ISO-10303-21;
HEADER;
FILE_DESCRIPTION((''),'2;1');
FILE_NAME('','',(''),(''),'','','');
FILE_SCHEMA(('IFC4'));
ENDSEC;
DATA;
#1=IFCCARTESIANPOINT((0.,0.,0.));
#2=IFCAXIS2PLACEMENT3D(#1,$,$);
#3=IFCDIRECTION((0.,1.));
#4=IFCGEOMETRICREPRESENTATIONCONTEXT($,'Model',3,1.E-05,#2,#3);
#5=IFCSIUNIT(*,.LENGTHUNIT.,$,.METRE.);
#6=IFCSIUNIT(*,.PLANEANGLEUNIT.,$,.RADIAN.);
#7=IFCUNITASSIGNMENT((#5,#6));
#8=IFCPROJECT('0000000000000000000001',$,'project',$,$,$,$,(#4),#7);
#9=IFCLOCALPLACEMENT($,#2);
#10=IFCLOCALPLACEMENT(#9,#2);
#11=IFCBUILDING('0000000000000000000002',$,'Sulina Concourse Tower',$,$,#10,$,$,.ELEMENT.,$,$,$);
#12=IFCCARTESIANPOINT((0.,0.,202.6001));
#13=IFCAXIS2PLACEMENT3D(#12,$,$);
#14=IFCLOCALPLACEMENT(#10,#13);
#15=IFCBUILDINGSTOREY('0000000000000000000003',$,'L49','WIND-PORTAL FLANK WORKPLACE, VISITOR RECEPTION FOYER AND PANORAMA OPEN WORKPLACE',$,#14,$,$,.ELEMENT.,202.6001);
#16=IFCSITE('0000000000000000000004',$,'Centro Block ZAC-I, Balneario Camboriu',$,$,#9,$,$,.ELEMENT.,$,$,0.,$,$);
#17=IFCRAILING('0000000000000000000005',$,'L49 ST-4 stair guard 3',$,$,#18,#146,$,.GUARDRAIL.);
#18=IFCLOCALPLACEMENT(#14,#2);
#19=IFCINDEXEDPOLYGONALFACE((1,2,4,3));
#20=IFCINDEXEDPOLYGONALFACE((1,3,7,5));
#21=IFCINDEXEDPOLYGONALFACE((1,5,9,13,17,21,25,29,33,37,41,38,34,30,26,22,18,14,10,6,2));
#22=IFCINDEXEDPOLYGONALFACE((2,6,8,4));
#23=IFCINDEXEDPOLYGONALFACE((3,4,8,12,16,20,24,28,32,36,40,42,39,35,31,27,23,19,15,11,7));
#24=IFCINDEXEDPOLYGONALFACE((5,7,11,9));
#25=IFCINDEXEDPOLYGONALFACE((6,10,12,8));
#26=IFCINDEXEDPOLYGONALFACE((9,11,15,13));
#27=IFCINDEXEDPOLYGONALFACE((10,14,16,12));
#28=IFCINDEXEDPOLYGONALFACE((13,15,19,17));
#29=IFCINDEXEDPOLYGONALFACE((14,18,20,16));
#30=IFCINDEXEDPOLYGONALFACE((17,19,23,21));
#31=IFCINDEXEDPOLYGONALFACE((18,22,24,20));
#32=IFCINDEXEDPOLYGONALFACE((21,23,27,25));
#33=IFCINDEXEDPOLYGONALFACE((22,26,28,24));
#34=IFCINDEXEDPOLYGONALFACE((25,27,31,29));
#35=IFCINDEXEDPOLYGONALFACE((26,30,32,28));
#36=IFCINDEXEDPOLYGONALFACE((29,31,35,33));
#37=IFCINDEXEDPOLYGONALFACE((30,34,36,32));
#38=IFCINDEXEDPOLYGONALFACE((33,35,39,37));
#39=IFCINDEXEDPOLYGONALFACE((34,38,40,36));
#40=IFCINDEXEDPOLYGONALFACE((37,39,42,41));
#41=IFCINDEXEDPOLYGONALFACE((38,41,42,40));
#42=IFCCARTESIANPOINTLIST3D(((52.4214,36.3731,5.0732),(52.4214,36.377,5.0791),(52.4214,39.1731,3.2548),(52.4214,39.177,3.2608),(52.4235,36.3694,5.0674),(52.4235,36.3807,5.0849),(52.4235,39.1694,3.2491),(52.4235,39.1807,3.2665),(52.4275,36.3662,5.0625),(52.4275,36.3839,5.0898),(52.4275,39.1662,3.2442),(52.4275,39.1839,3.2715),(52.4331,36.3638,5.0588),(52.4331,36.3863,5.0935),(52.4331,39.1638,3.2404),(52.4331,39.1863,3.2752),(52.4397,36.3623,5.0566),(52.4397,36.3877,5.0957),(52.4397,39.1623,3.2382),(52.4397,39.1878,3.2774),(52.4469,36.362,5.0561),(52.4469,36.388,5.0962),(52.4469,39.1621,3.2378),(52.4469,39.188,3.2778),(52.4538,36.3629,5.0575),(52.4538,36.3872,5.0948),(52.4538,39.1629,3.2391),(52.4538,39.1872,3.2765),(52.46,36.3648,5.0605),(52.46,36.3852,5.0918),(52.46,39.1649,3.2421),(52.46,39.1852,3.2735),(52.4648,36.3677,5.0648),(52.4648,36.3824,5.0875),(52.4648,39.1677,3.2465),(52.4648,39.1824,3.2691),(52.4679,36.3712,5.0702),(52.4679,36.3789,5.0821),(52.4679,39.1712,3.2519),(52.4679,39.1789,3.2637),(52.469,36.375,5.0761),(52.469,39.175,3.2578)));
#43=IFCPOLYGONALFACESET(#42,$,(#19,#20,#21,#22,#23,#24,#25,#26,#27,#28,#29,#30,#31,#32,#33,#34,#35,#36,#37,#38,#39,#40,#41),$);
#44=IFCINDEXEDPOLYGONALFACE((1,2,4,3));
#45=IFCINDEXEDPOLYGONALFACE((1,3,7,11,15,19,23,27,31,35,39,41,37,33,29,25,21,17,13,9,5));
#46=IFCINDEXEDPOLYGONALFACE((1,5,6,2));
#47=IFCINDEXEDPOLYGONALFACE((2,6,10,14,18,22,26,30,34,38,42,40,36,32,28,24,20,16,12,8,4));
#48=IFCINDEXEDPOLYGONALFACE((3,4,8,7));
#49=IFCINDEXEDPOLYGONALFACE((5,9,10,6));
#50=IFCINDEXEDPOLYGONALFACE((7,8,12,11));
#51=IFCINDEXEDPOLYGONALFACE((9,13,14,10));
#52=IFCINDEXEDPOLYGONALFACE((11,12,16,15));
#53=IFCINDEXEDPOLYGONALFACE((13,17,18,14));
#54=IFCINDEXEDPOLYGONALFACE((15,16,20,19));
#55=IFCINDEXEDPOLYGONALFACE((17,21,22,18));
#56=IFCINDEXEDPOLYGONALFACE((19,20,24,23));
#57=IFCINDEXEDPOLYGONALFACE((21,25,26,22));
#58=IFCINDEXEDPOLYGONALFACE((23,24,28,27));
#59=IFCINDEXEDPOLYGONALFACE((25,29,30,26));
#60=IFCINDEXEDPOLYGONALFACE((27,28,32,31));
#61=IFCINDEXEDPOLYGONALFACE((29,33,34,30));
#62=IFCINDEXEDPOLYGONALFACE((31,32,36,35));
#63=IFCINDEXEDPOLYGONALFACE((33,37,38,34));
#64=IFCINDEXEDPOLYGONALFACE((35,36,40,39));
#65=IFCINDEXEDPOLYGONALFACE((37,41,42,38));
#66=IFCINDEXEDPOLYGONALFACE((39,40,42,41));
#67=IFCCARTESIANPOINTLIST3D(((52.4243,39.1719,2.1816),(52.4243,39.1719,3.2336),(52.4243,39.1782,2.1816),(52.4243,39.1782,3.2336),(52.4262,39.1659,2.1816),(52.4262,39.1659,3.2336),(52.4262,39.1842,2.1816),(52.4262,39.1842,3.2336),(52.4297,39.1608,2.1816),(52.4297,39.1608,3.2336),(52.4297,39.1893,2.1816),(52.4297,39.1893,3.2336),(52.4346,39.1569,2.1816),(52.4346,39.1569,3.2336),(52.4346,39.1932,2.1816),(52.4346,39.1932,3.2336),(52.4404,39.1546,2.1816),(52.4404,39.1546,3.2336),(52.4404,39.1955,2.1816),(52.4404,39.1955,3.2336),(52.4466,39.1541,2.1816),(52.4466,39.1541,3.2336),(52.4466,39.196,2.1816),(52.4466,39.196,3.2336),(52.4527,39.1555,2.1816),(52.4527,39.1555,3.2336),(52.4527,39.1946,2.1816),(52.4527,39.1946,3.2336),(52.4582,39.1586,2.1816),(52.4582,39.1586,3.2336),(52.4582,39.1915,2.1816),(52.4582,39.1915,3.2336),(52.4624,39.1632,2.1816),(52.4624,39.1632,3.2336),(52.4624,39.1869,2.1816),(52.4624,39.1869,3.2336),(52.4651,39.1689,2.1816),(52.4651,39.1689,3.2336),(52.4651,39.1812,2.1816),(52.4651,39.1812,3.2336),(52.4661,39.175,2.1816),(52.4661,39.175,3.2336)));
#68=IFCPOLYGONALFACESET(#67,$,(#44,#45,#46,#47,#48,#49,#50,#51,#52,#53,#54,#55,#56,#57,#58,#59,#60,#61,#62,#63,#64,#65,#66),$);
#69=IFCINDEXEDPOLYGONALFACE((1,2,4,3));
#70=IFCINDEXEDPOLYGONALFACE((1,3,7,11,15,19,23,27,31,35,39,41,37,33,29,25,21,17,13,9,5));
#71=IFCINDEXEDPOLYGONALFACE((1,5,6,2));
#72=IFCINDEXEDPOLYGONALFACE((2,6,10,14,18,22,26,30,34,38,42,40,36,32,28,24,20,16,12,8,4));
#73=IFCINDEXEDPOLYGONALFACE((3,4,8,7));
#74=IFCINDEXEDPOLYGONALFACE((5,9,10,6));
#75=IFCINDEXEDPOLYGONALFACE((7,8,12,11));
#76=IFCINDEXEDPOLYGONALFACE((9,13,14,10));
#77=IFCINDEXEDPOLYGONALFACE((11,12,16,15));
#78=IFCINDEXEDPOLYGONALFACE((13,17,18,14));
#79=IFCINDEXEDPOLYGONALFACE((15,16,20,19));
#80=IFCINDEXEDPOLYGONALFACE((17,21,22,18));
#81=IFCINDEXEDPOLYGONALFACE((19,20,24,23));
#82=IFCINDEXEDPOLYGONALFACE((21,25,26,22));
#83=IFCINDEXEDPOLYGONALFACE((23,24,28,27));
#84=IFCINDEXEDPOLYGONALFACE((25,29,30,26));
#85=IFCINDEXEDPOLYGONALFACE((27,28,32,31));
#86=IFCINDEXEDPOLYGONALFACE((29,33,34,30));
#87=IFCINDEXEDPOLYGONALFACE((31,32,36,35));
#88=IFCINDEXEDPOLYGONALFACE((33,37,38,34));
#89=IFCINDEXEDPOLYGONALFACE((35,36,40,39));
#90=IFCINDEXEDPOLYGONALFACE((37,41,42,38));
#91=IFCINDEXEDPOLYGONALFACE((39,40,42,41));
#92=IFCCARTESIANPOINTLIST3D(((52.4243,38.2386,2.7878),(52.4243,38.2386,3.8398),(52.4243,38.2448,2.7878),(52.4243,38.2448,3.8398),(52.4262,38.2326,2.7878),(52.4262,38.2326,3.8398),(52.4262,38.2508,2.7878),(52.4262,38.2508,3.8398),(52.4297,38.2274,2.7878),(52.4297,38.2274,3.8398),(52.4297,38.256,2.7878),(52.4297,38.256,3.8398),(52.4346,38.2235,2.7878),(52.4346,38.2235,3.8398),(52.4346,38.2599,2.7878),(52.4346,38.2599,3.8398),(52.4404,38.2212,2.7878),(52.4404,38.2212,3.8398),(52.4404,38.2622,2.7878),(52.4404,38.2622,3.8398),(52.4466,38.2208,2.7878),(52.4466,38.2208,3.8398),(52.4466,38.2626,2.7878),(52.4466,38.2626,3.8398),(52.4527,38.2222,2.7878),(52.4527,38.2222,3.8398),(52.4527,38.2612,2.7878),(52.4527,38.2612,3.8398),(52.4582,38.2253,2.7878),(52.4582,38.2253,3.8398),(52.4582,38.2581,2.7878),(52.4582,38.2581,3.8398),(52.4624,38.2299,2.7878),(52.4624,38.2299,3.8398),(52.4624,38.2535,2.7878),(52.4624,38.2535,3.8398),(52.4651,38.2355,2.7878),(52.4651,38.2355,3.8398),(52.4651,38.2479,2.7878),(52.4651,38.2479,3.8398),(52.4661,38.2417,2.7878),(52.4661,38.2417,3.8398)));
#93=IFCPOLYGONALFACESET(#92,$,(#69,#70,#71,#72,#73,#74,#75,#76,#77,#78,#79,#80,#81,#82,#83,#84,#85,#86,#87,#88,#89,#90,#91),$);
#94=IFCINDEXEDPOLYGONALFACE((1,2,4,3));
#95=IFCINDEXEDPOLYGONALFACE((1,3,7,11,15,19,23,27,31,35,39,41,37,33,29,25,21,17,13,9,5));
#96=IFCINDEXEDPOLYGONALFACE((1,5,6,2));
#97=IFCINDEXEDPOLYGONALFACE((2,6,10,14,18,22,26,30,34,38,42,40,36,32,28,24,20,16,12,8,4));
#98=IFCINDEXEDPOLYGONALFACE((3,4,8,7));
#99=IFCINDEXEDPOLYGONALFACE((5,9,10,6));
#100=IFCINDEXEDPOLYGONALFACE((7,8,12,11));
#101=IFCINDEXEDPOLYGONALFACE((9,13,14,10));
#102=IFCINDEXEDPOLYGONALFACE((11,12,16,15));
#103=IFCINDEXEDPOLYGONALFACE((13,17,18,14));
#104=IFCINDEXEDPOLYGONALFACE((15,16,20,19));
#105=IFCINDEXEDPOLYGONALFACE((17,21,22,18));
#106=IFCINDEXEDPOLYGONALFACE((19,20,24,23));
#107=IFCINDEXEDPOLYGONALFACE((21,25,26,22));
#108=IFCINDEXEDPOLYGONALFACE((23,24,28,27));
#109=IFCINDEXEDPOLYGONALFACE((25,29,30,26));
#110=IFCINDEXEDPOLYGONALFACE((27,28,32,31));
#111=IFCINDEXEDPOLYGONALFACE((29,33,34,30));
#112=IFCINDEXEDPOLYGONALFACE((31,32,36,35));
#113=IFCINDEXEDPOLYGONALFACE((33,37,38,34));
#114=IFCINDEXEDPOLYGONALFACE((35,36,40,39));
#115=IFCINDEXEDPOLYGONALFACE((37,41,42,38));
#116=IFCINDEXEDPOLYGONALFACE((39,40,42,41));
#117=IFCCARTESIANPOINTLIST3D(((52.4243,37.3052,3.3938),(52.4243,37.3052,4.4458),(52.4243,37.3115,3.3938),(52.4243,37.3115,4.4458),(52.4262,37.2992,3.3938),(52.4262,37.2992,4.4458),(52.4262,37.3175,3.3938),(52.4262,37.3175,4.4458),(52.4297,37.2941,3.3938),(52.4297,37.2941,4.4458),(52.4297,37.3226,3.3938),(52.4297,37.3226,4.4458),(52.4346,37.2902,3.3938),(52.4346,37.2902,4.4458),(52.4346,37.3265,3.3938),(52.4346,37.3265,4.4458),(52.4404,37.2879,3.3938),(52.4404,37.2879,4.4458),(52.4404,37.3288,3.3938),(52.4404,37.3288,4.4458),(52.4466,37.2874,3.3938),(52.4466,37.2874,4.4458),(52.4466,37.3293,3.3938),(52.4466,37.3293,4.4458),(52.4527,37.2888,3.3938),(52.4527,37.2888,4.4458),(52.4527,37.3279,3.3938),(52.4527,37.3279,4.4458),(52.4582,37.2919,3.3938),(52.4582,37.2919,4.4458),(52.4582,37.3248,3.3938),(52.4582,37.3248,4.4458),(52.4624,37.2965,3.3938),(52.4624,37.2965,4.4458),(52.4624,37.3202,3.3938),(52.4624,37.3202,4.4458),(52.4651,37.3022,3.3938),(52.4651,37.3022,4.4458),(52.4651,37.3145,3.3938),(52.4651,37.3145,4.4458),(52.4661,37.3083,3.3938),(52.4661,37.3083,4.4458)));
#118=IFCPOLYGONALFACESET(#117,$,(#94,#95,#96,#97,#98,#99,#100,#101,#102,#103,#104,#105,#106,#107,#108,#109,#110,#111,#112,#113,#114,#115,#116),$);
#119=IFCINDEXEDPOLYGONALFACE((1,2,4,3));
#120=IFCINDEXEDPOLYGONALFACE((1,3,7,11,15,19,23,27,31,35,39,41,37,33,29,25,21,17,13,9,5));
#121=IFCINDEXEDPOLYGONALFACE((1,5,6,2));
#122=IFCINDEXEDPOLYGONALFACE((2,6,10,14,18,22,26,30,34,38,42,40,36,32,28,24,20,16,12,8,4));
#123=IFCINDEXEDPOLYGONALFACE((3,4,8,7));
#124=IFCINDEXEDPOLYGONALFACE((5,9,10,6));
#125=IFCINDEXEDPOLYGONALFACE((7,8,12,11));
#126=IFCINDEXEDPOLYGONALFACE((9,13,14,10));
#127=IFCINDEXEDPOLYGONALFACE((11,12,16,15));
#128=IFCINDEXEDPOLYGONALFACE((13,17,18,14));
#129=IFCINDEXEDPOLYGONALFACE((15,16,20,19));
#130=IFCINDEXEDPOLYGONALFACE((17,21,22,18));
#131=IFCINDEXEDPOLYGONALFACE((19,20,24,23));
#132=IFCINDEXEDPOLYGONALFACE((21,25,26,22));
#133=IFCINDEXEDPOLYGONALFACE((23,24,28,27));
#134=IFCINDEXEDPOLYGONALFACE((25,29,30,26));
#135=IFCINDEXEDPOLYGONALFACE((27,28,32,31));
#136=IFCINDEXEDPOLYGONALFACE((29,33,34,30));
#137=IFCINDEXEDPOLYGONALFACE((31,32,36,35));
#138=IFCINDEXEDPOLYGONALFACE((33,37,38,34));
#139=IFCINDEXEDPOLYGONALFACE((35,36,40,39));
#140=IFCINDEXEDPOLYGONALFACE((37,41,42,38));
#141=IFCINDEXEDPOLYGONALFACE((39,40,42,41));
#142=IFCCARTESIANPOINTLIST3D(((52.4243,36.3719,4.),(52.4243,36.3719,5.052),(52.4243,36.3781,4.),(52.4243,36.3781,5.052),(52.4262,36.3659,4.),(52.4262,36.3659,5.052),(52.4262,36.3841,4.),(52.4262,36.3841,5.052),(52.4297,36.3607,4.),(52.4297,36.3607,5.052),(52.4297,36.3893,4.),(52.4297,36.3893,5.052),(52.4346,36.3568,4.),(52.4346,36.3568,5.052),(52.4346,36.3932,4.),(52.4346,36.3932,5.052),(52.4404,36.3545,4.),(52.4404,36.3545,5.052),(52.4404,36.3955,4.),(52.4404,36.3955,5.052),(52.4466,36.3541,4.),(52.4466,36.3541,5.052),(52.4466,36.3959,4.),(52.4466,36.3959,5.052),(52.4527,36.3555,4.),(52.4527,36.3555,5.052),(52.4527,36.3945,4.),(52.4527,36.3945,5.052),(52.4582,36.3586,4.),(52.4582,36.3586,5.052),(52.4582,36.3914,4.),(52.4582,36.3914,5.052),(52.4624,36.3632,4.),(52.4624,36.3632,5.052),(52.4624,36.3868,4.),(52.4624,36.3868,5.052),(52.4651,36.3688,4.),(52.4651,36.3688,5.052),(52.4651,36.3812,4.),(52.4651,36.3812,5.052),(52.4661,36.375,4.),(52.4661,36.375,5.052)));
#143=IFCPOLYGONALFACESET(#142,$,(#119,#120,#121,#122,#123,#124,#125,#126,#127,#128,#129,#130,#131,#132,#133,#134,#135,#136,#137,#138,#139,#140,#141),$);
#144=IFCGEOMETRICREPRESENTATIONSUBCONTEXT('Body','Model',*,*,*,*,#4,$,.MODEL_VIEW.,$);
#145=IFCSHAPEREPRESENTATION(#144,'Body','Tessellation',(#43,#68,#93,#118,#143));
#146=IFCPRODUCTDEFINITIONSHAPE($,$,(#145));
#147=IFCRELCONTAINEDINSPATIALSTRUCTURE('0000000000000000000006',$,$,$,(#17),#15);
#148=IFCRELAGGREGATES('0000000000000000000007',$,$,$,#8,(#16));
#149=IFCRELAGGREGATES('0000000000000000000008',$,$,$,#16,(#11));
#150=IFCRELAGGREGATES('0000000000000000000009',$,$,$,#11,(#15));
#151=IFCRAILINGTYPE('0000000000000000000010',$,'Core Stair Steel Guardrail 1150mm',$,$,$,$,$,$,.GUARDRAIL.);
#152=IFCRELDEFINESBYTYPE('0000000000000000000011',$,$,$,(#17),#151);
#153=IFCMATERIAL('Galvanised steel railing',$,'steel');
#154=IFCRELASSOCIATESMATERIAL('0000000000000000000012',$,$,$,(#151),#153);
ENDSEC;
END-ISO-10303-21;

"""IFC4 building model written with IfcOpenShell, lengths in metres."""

from ifc_helpers import new_model, si_unit, direction, frame, origin, origin_2d, place, context, subcontext, project, spatial, circle, extrude, material, type_object, element, save


model = new_model("IFC4")

# Units and contexts
model_context = context("Model", 3, precision=1e-05, world=origin(), true_north=direction((0.0, 1.0)))
body_context = subcontext(model_context, "Body", "Model", "MODEL_VIEW")
ifc_project = project(units=[si_unit("LENGTHUNIT", "METRE"), si_unit("PLANEANGLEUNIT", "RADIAN")], contexts=[model_context])

# Site, building, storey
site_placement = place(None, origin())
site = spatial("IfcSite", under=ifc_project, at=site_placement, Name="Centro Block ZAC-I, Balneario Camboriu", CompositionType="ELEMENT", RefElevation=0.0)
building_placement = place(site_placement, origin())
building = spatial("IfcBuilding", under=site, at=building_placement, Name="Sulina Concourse Tower", CompositionType="ELEMENT")
storey_placement = place(building_placement, frame((0.0, 0.0, 202.6001)))
storey = spatial("IfcBuildingStorey", under=building, at=storey_placement, Name="L49", Description="WIND-PORTAL FLANK WORKPLACE, VISITOR RECEPTION FOYER AND PANORAMA OPEN WORKPLACE", CompositionType="ELEMENT", Elevation=202.6001)

# Railing
ifc_material_1 = material(Name="Galvanised steel railing", Category="steel")
railing_type_1 = type_object("IfcRailingType", Name="Core Stair Steel Guardrail 1150mm", PredefinedType="GUARDRAIL", material=ifc_material_1)
railing_1_placement = place(storey_placement, frame((52.4451, 39.175, 2.1816)))
element("IfcRailing", 1, at=railing_1_placement, inside=storey, type_object=railing_type_1, Name="L49 ST-4 stair guard 3", PredefinedType="GUARDRAIL", context=body_context, shape_type="SweptSolid", body=[
    extrude(circle(Radius=0.0239, at=origin_2d()), frame((0.0, 0.0, 1.0762), z_axis=(0.0, -0.838672, 0.544636), x_axis=(1.0, 0.0, 0.0)), (0.0, 0.0, 1.0), 3.3386),
    extrude(circle(Radius=0.021, at=origin_2d()), origin(), (0.0, 0.0, 1.0), 1.052),
    extrude(circle(Radius=0.021, at=origin_2d()), frame((0.0, -0.9333, 0.6062)), (0.0, 0.0, 1.0), 1.052),
    extrude(circle(Radius=0.021, at=origin_2d()), frame((0.0, -1.8667, 1.2122)), (0.0, 0.0, 1.0), 1.052),
    extrude(circle(Radius=0.021, at=origin_2d()), frame((0.0, -2.8, 1.8184)), (0.0, 0.0, 1.0), 1.052),
])

save(model, "model.ifc")
